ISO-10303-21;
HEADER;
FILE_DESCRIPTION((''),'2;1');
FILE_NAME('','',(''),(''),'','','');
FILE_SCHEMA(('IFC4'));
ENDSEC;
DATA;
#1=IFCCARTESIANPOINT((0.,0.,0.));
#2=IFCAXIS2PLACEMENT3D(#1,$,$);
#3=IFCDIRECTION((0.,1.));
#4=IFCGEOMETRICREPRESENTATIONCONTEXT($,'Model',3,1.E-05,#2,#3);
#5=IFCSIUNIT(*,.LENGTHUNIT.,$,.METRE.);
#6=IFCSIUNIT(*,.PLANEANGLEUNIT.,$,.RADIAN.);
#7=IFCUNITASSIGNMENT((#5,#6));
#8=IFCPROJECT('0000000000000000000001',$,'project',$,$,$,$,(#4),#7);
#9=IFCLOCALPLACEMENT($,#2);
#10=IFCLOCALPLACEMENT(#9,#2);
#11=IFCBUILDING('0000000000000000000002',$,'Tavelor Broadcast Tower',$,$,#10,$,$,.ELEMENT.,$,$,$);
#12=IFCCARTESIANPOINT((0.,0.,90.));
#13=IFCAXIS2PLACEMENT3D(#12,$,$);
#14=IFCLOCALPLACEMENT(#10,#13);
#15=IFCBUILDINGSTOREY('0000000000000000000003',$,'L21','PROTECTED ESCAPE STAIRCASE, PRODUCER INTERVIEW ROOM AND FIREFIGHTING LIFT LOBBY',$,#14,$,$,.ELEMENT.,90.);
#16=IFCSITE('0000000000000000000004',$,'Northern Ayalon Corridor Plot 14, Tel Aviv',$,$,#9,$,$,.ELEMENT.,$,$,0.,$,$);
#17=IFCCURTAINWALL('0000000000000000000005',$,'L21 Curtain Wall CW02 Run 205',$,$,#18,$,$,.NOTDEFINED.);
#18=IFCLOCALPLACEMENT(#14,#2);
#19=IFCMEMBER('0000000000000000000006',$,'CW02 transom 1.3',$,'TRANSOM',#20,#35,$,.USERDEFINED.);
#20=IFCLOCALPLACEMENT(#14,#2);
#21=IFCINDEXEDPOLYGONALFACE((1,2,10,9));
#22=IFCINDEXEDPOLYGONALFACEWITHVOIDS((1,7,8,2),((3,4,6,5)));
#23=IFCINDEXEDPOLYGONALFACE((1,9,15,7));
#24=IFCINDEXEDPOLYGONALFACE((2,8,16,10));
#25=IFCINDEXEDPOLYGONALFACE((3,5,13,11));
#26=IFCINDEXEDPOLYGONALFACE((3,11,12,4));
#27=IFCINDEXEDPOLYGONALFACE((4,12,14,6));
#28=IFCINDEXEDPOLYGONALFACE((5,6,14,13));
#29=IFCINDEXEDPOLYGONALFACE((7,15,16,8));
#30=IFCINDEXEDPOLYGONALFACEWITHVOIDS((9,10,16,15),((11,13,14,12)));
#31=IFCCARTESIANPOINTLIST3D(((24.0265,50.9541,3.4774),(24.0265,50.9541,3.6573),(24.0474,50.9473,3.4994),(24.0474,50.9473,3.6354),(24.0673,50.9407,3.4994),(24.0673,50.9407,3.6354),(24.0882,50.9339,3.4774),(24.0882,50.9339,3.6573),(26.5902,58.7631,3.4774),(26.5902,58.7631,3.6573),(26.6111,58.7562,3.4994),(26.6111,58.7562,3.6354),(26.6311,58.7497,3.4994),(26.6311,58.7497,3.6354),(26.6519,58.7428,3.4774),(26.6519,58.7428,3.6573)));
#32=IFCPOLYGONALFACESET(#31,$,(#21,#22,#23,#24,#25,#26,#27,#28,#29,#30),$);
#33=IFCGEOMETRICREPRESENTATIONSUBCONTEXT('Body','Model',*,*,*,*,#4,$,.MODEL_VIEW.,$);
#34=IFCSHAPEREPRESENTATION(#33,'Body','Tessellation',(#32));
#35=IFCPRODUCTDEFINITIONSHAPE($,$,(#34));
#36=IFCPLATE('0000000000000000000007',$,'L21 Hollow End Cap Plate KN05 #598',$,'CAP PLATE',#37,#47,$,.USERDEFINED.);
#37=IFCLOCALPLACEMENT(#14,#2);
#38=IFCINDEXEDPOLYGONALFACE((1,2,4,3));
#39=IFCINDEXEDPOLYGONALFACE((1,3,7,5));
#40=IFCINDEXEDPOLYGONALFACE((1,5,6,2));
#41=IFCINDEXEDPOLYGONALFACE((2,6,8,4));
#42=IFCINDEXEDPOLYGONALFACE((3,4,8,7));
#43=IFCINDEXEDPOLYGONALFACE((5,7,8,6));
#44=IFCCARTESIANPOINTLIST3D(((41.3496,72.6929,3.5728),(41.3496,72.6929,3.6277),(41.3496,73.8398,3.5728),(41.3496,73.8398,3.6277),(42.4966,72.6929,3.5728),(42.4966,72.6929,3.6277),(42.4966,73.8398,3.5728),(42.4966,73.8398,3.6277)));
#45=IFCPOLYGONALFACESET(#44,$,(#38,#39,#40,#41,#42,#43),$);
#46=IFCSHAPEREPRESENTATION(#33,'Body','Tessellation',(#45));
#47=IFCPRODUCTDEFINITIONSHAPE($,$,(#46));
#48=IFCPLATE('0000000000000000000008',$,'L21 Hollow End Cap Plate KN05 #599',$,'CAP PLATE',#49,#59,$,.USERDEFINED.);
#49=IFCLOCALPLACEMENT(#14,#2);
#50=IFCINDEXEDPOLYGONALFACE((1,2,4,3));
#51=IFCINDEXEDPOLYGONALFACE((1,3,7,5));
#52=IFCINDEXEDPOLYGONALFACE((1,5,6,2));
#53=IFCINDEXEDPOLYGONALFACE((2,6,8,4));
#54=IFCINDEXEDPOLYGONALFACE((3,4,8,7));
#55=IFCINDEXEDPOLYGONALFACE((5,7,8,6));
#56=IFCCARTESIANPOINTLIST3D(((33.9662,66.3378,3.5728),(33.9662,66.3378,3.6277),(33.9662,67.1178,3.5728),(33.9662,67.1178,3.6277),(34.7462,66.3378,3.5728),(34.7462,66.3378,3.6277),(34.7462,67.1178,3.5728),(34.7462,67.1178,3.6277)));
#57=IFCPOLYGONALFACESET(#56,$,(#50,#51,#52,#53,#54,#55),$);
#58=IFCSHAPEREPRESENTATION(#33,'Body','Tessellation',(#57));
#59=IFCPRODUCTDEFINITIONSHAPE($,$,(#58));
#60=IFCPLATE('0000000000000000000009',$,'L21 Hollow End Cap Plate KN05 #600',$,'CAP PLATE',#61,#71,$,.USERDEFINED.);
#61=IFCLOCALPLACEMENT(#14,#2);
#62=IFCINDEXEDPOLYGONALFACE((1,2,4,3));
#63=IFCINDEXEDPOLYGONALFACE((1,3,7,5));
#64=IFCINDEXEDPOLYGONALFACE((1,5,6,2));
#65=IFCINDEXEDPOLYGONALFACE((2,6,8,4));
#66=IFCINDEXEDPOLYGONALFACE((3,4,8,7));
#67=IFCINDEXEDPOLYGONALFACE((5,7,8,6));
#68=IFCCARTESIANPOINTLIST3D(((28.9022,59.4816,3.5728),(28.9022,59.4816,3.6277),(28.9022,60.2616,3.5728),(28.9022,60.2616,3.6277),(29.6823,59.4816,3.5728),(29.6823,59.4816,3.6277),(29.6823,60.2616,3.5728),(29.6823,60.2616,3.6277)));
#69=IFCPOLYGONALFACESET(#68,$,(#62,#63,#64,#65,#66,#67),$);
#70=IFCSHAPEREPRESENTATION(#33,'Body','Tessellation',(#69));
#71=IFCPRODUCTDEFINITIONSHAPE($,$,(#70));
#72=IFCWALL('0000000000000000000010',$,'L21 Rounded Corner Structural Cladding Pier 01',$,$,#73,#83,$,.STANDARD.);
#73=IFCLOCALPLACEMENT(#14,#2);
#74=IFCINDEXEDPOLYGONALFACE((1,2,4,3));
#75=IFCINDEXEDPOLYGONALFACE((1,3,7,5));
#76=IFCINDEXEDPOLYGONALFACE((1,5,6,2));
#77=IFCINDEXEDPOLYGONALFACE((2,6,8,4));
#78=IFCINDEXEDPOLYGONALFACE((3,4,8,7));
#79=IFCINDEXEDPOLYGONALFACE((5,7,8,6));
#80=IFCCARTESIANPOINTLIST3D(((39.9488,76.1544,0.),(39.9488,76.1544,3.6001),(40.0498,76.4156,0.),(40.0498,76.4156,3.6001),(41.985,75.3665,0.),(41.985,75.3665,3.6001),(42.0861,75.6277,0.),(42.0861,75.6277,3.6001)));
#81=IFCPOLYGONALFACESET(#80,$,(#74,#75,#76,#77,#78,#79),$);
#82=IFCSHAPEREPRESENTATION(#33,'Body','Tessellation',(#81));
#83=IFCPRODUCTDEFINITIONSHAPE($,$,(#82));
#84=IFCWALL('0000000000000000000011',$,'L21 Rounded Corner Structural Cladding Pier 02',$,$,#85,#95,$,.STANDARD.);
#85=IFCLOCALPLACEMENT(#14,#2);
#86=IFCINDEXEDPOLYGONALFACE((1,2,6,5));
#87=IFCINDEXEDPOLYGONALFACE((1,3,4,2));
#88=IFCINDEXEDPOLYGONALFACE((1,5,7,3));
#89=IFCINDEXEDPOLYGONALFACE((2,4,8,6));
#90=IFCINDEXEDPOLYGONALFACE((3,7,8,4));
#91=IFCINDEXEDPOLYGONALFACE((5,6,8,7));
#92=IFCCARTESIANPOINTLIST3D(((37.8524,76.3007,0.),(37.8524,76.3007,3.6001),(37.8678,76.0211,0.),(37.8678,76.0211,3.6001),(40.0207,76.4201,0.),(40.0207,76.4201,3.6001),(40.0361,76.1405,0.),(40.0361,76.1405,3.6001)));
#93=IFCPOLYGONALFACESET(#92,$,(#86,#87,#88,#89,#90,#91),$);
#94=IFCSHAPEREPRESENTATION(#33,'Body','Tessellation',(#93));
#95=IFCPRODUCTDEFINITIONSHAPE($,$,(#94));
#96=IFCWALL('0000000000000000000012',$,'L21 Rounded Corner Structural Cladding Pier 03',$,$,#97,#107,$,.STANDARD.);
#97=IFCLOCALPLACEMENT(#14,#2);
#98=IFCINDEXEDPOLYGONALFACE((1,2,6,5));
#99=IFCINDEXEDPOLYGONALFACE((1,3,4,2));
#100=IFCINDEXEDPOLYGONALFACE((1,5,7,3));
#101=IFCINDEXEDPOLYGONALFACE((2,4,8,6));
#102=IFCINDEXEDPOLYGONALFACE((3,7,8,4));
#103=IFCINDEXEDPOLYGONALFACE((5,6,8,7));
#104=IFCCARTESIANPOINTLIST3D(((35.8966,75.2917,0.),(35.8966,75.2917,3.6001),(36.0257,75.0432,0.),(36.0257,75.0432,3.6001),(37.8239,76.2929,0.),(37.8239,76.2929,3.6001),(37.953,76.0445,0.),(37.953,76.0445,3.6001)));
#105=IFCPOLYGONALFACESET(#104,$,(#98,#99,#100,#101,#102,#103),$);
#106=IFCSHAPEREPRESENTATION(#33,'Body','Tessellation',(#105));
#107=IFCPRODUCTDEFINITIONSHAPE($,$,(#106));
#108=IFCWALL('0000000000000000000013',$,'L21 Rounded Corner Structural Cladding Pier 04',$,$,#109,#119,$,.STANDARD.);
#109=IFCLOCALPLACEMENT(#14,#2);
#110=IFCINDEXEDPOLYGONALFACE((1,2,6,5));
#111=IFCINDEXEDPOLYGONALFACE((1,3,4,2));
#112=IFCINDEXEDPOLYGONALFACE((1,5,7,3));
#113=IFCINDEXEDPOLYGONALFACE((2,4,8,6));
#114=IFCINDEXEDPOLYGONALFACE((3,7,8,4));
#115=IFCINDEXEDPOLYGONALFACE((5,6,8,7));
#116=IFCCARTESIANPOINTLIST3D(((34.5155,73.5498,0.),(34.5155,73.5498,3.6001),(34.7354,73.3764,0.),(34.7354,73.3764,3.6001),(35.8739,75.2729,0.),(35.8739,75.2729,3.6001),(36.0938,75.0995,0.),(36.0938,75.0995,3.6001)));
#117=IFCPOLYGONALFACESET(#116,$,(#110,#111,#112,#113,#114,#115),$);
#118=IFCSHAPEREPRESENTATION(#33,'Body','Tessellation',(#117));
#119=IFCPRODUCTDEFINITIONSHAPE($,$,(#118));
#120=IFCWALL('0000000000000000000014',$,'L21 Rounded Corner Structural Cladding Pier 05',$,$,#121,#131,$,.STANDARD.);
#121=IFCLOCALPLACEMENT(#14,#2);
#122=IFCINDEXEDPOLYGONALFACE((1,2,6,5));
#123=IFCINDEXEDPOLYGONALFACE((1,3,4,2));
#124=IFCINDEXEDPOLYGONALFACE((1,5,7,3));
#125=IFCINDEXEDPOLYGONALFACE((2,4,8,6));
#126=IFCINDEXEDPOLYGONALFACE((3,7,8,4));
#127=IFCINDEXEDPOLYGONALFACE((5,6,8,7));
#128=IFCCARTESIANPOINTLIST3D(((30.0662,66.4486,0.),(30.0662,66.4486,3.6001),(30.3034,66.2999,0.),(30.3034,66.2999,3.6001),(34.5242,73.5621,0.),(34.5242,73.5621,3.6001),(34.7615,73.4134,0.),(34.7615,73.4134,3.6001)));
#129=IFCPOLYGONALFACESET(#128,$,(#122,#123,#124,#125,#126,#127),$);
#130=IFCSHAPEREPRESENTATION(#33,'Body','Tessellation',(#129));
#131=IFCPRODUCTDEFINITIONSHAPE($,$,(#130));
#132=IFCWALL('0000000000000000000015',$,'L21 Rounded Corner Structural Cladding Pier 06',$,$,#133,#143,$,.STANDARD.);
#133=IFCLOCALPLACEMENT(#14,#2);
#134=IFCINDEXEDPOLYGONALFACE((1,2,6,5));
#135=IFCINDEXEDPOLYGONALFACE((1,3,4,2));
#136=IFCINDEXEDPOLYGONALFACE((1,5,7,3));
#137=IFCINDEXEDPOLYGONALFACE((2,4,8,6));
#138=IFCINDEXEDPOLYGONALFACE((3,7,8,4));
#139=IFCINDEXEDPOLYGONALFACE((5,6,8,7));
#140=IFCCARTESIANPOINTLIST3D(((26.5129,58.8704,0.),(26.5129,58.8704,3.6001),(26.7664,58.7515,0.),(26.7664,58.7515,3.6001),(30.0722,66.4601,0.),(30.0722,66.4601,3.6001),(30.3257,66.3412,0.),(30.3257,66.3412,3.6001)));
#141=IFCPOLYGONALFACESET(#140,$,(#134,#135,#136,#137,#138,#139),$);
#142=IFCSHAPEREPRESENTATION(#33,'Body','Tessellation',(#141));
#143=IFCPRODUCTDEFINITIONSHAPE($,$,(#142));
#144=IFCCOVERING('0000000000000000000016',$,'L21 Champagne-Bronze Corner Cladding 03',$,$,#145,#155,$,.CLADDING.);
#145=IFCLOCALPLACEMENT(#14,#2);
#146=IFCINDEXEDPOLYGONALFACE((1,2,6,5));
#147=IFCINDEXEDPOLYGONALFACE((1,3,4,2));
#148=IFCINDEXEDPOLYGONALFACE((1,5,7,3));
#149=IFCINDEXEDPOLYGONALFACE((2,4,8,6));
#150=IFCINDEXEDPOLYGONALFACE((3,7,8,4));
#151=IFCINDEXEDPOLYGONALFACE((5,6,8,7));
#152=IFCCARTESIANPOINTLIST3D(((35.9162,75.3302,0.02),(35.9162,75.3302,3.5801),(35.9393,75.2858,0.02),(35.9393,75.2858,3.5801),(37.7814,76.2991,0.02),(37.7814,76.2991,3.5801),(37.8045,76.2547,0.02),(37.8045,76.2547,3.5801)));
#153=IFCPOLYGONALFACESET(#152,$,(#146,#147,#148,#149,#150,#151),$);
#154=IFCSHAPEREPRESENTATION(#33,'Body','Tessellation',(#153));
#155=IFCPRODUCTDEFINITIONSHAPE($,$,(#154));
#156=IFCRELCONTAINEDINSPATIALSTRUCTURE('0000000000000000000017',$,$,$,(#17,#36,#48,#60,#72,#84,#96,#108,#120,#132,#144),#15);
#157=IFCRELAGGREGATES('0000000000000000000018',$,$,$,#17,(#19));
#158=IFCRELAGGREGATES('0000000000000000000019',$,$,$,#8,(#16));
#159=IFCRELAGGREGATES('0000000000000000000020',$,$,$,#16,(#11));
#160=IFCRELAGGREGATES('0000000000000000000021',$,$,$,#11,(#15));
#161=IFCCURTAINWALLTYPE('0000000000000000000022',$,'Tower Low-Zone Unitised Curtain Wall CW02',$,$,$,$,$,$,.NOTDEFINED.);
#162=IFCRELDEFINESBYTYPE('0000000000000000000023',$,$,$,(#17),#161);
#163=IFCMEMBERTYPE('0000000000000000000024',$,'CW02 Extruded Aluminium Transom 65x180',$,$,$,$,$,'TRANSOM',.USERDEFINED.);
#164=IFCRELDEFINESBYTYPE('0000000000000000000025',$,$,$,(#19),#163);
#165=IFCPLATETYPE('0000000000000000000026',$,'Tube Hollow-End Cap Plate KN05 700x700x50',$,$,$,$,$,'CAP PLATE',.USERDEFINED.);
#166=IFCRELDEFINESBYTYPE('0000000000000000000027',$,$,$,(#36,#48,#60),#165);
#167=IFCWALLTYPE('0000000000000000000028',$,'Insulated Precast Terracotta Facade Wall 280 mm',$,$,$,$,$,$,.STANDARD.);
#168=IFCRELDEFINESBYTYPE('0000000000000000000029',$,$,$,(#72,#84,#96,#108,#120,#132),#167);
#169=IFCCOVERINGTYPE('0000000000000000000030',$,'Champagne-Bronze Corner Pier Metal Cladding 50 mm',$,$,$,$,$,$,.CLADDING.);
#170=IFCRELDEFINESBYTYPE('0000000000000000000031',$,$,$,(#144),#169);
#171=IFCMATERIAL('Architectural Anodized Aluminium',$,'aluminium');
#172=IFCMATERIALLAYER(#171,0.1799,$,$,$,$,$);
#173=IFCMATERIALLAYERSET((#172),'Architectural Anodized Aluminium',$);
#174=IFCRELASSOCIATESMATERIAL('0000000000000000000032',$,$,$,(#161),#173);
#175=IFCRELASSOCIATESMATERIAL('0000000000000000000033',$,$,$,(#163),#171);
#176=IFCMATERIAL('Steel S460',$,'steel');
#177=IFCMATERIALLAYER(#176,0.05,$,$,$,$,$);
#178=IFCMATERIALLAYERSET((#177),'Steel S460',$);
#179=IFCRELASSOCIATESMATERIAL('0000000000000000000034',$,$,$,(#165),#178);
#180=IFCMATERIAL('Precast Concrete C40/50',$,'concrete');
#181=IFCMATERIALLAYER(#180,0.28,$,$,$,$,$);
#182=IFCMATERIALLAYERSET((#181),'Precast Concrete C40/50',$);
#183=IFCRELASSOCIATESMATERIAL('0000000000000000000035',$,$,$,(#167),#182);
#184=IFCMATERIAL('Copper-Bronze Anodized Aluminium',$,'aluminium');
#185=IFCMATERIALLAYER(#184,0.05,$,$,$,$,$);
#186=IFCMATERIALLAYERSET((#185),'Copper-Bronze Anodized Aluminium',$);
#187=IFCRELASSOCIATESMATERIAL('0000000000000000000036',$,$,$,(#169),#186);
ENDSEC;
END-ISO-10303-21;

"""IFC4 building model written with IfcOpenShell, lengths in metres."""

from ifc_helpers import new_model, si_unit, direction, frame, frame_2d, origin, origin_2d, place, context, subcontext, project, spatial, rectangle, hollow_rectangle, extrude, source, transform, mapped, material, layer, layer_set, material_profile, profile_set, type_object, type_shapes, element, aggregate, save


model = new_model("IFC4")

# Units and contexts
model_context = context("Model", 3, precision=1e-05, world=origin(), true_north=direction((0.0, 1.0)))
body_context = subcontext(model_context, "Body", "Model", "MODEL_VIEW")
ifc_project = project(units=[si_unit("LENGTHUNIT", "METRE"), si_unit("PLANEANGLEUNIT", "RADIAN")], contexts=[model_context])

# Site, building, storey
site_placement = place(None, origin())
site = spatial("IfcSite", under=ifc_project, at=site_placement, Name="Northern Ayalon Corridor Plot 14, Tel Aviv", CompositionType="ELEMENT", RefElevation=0.0)
building_placement = place(site_placement, origin())
building = spatial("IfcBuilding", under=site, at=building_placement, Name="Tavelor Broadcast Tower", CompositionType="ELEMENT")
storey_placement = place(building_placement, frame((0.0, 0.0, 90.0)))
storey = spatial("IfcBuildingStorey", under=building, at=storey_placement, Name="L21", Description="PROTECTED ESCAPE STAIRCASE, PRODUCER INTERVIEW ROOM AND FIREFIGHTING LIFT LOBBY", CompositionType="ELEMENT", Elevation=90.0)

# Shared definitions
ifc_material_1 = material(Name="Steel S460", Category="steel")

# Curtain wall
ifc_material_2 = material(Name="Architectural Anodized Aluminium", Category="aluminium")
ifc_layer_1 = layer(ifc_material_2, 0.1799)
ifc_layer_set_1 = layer_set([ifc_layer_1], Name="Architectural Anodized Aluminium")
curtain_wall_type = type_object("IfcCurtainWallType", Name="Tower Low-Zone Unitised Curtain Wall CW02", PredefinedType="NOTDEFINED", material=ifc_layer_set_1)
curtain_wall_1_placement = place(storey_placement, origin())
curtain_wall_1 = element("IfcCurtainWall", 1, at=curtain_wall_1_placement, inside=storey, type_object=curtain_wall_type, Name="L21 Curtain Wall CW02 Run 205", PredefinedType="NOTDEFINED")

# Member
ifc_material_profile_1 = material_profile(ifc_material_2, hollow_rectangle(XDim=0.0649, YDim=0.1799, WallThickness=0.022, at=origin_2d()), Name="RHS 65x180x22")
ifc_profile_set_1 = profile_set([ifc_material_profile_1], Name="Architectural Anodized Aluminium")
member_type_1 = type_object("IfcMemberType", Name="CW02 Extruded Aluminium Transom 65x180", ElementType="TRANSOM", PredefinedType="USERDEFINED", material=ifc_profile_set_1)
shared_shape_1 = source(origin(), body_context, "Body", "SweptSolid", [
    extrude(hollow_rectangle(XDim=0.0649, YDim=0.1799, WallThickness=0.022, at=origin_2d()), origin(), (0.0, 0.0, 1.0), 8.219),
])
type_shapes(member_type_1, [shared_shape_1])
member_1_placement = place(storey_placement, frame((26.6211, 58.7529, 3.5674), z_axis=(-0.311929, -0.950105, 0.0), x_axis=(0.950105, -0.311929, 0.0)))
member_1 = element("IfcMember", 2, at=member_1_placement, type_object=member_type_1, Name="CW02 transom 1.3", ObjectType="TRANSOM", PredefinedType="USERDEFINED", context=body_context, shape_type="MappedRepresentation", body=[
    mapped(shared_shape_1, transform((0.0, 0.0, 0.0), scale=1.0)),
])
aggregate(curtain_wall_1, [member_1])

# Plates
ifc_layer_2 = layer(ifc_material_1, 0.05)
ifc_layer_set_2 = layer_set([ifc_layer_2], Name="Steel S460")
plate_type = type_object("IfcPlateType", Name="Tube Hollow-End Cap Plate KN05 700x700x50", ElementType="CAP PLATE", PredefinedType="USERDEFINED", material=ifc_layer_set_2)
shared_shape_2 = source(origin(), body_context, "Body", "SweptSolid", [
    extrude(rectangle(XDim=1.147, YDim=1.147, at=origin_2d()), origin(), (0.0, 0.0, 1.0), 0.0549),
])
plate_placement = place(storey_placement, frame((41.9231, 73.2664, 3.5728), z_axis=(0.0, 0.0, 1.0), x_axis=(1.0, 0.0, 0.0)))
element("IfcPlate", 3, at=plate_placement, inside=storey, type_object=plate_type, Name="L21 Hollow End Cap Plate KN05 #598", ObjectType="CAP PLATE", PredefinedType="USERDEFINED", context=body_context, shape_type="MappedRepresentation", body=[
    mapped(shared_shape_2, transform((0.0, 0.0, 0.0), scale=1.0)),
])
shared_shape_3 = source(origin(), body_context, "Body", "SweptSolid", [
    extrude(rectangle(XDim=0.78, YDim=0.78, at=origin_2d()), origin(), (0.0, 0.0, 1.0), 0.0549),
])
type_shapes(plate_type, [shared_shape_2, shared_shape_3])
for number, where, z_axis, x_axis, name in (
    (4, (34.3562, 66.7278, 3.5728), (0.0, 0.0, 1.0), (1.0, 0.0, 0.0), "L21 Hollow End Cap Plate KN05 #599"),
    (5, (29.2922, 59.8716, 3.5728), (0.0, 0.0, 1.0), (1.0, 0.0, 0.0), "L21 Hollow End Cap Plate KN05 #600"),
):
    element("IfcPlate", number, at=place(storey_placement, frame(where, z_axis=z_axis, x_axis=x_axis)), inside=storey, type_object=plate_type, Name=name, ObjectType="CAP PLATE", PredefinedType="USERDEFINED", context=body_context, shape_type="MappedRepresentation", body=[
        mapped(shared_shape_3, transform((0.0, 0.0, 0.0), scale=1.0)),
    ])

# Walls
ifc_material_3 = material(Name="Precast Concrete C40/50", Category="concrete")
ifc_layer_3 = layer(ifc_material_3, 0.28)
ifc_layer_set_3 = layer_set([ifc_layer_3], Name="Precast Concrete C40/50")
wall_type = type_object("IfcWallType", Name="Insulated Precast Terracotta Facade Wall 280 mm", PredefinedType="STANDARD", material=ifc_layer_set_3)
wall_1_placement = place(storey_placement, frame((42.0356, 75.4971, 0.0), z_axis=(0.0, 0.0, 1.0), x_axis=(-0.93262, 0.360859, 0.0)))
element("IfcWall", 6, at=wall_1_placement, inside=storey, type_object=wall_type, Name="L21 Rounded Corner Structural Cladding Pier 01", PredefinedType="STANDARD", context=body_context, shape_type="SweptSolid", body=[
    extrude(rectangle(XDim=2.1833, YDim=0.28, at=frame_2d((1.0918, 0.0))), origin(), (0.0, 0.0, 1.0), 3.6001),
])
wall_2_placement = place(storey_placement, frame((40.0286, 76.2803, 0.0), z_axis=(0.0, 0.0, 1.0), x_axis=(-0.998488, -0.054972, 0.0)))
element("IfcWall", 7, at=wall_2_placement, inside=storey, type_object=wall_type, Name="L21 Rounded Corner Structural Cladding Pier 02", PredefinedType="STANDARD", context=body_context, shape_type="SweptSolid", body=[
    extrude(rectangle(XDim=2.1716, YDim=0.28, at=frame_2d((1.0859, 0.0))), origin(), (0.0, 0.0, 1.0), 3.6001),
])
wall_3_placement = place(storey_placement, frame((37.8884, 76.1687, 0.0), z_axis=(0.0, 0.0, 1.0), x_axis=(-0.887395, -0.461009, 0.0)))
element("IfcWall", 8, at=wall_3_placement, inside=storey, type_object=wall_type, Name="L21 Rounded Corner Structural Cladding Pier 03", PredefinedType="STANDARD", context=body_context, shape_type="SweptSolid", body=[
    extrude(rectangle(XDim=2.1719, YDim=0.28, at=frame_2d((1.0859, 0.0))), origin(), (0.0, 0.0, 1.0), 3.6001),
])
wall_4_placement = place(storey_placement, frame((35.9839, 75.1863, 0.0), z_axis=(0.0, 0.0, 1.0), x_axis=(-0.619089, -0.785321, 0.0)))
element("IfcWall", 9, at=wall_4_placement, inside=storey, type_object=wall_type, Name="L21 Rounded Corner Structural Cladding Pier 04", PredefinedType="STANDARD", context=body_context, shape_type="SweptSolid", body=[
    extrude(rectangle(XDim=2.1941, YDim=0.28, at=frame_2d((1.0972, 0.0))), origin(), (0.0, 0.0, 1.0), 3.6001),
])
wall_5_placement = place(storey_placement, frame((34.6428, 73.4878, 0.0), z_axis=(0.0, 0.0, 1.0), x_axis=(-0.531031, -0.847352, 0.0)))
element("IfcWall", 10, at=wall_5_placement, inside=storey, type_object=wall_type, Name="L21 Rounded Corner Structural Cladding Pier 05", PredefinedType="STANDARD", context=body_context, shape_type="SweptSolid", body=[
    extrude(rectangle(XDim=8.395, YDim=0.28, at=frame_2d((4.1975, 0.0))), origin(), (0.0, 0.0, 1.0), 3.6001),
])
wall_6_placement = place(storey_placement, frame((30.199, 66.4006, 0.0), z_axis=(0.0, 0.0, 1.0), x_axis=(-0.4246, -0.905381, 0.0)))
element("IfcWall", 11, at=wall_6_placement, inside=storey, type_object=wall_type, Name="L21 Rounded Corner Structural Cladding Pier 06", PredefinedType="STANDARD", context=body_context, shape_type="SweptSolid", body=[
    extrude(rectangle(XDim=8.3828, YDim=0.28, at=frame_2d((4.1914, 0.0))), origin(), (0.0, 0.0, 1.0), 3.6001),
])

# Covering
ifc_material_4 = material(Name="Copper-Bronze Anodized Aluminium", Category="aluminium")
ifc_layer_4 = layer(ifc_material_4, 0.05)
ifc_layer_set_4 = layer_set([ifc_layer_4], Name="Copper-Bronze Anodized Aluminium")
covering_type = type_object("IfcCoveringType", Name="Champagne-Bronze Corner Pier Metal Cladding 50 mm", PredefinedType="CLADDING", material=ifc_layer_set_4)
covering_placement = place(storey_placement, frame((36.8604, 75.7925, 0.02), z_axis=(0.0, 0.0, 1.0), x_axis=(-0.887413, -0.460974, 0.0)))
element("IfcCovering", 12, at=covering_placement, inside=storey, type_object=covering_type, Name="L21 Champagne-Bronze Corner Cladding 03", PredefinedType="CLADDING", context=body_context, shape_type="SweptSolid", body=[
    extrude(rectangle(XDim=2.1018, YDim=0.05, at=origin_2d()), origin(), (0.0, 0.0, 1.0), 3.5601),
])

save(model, "model.ifc")
